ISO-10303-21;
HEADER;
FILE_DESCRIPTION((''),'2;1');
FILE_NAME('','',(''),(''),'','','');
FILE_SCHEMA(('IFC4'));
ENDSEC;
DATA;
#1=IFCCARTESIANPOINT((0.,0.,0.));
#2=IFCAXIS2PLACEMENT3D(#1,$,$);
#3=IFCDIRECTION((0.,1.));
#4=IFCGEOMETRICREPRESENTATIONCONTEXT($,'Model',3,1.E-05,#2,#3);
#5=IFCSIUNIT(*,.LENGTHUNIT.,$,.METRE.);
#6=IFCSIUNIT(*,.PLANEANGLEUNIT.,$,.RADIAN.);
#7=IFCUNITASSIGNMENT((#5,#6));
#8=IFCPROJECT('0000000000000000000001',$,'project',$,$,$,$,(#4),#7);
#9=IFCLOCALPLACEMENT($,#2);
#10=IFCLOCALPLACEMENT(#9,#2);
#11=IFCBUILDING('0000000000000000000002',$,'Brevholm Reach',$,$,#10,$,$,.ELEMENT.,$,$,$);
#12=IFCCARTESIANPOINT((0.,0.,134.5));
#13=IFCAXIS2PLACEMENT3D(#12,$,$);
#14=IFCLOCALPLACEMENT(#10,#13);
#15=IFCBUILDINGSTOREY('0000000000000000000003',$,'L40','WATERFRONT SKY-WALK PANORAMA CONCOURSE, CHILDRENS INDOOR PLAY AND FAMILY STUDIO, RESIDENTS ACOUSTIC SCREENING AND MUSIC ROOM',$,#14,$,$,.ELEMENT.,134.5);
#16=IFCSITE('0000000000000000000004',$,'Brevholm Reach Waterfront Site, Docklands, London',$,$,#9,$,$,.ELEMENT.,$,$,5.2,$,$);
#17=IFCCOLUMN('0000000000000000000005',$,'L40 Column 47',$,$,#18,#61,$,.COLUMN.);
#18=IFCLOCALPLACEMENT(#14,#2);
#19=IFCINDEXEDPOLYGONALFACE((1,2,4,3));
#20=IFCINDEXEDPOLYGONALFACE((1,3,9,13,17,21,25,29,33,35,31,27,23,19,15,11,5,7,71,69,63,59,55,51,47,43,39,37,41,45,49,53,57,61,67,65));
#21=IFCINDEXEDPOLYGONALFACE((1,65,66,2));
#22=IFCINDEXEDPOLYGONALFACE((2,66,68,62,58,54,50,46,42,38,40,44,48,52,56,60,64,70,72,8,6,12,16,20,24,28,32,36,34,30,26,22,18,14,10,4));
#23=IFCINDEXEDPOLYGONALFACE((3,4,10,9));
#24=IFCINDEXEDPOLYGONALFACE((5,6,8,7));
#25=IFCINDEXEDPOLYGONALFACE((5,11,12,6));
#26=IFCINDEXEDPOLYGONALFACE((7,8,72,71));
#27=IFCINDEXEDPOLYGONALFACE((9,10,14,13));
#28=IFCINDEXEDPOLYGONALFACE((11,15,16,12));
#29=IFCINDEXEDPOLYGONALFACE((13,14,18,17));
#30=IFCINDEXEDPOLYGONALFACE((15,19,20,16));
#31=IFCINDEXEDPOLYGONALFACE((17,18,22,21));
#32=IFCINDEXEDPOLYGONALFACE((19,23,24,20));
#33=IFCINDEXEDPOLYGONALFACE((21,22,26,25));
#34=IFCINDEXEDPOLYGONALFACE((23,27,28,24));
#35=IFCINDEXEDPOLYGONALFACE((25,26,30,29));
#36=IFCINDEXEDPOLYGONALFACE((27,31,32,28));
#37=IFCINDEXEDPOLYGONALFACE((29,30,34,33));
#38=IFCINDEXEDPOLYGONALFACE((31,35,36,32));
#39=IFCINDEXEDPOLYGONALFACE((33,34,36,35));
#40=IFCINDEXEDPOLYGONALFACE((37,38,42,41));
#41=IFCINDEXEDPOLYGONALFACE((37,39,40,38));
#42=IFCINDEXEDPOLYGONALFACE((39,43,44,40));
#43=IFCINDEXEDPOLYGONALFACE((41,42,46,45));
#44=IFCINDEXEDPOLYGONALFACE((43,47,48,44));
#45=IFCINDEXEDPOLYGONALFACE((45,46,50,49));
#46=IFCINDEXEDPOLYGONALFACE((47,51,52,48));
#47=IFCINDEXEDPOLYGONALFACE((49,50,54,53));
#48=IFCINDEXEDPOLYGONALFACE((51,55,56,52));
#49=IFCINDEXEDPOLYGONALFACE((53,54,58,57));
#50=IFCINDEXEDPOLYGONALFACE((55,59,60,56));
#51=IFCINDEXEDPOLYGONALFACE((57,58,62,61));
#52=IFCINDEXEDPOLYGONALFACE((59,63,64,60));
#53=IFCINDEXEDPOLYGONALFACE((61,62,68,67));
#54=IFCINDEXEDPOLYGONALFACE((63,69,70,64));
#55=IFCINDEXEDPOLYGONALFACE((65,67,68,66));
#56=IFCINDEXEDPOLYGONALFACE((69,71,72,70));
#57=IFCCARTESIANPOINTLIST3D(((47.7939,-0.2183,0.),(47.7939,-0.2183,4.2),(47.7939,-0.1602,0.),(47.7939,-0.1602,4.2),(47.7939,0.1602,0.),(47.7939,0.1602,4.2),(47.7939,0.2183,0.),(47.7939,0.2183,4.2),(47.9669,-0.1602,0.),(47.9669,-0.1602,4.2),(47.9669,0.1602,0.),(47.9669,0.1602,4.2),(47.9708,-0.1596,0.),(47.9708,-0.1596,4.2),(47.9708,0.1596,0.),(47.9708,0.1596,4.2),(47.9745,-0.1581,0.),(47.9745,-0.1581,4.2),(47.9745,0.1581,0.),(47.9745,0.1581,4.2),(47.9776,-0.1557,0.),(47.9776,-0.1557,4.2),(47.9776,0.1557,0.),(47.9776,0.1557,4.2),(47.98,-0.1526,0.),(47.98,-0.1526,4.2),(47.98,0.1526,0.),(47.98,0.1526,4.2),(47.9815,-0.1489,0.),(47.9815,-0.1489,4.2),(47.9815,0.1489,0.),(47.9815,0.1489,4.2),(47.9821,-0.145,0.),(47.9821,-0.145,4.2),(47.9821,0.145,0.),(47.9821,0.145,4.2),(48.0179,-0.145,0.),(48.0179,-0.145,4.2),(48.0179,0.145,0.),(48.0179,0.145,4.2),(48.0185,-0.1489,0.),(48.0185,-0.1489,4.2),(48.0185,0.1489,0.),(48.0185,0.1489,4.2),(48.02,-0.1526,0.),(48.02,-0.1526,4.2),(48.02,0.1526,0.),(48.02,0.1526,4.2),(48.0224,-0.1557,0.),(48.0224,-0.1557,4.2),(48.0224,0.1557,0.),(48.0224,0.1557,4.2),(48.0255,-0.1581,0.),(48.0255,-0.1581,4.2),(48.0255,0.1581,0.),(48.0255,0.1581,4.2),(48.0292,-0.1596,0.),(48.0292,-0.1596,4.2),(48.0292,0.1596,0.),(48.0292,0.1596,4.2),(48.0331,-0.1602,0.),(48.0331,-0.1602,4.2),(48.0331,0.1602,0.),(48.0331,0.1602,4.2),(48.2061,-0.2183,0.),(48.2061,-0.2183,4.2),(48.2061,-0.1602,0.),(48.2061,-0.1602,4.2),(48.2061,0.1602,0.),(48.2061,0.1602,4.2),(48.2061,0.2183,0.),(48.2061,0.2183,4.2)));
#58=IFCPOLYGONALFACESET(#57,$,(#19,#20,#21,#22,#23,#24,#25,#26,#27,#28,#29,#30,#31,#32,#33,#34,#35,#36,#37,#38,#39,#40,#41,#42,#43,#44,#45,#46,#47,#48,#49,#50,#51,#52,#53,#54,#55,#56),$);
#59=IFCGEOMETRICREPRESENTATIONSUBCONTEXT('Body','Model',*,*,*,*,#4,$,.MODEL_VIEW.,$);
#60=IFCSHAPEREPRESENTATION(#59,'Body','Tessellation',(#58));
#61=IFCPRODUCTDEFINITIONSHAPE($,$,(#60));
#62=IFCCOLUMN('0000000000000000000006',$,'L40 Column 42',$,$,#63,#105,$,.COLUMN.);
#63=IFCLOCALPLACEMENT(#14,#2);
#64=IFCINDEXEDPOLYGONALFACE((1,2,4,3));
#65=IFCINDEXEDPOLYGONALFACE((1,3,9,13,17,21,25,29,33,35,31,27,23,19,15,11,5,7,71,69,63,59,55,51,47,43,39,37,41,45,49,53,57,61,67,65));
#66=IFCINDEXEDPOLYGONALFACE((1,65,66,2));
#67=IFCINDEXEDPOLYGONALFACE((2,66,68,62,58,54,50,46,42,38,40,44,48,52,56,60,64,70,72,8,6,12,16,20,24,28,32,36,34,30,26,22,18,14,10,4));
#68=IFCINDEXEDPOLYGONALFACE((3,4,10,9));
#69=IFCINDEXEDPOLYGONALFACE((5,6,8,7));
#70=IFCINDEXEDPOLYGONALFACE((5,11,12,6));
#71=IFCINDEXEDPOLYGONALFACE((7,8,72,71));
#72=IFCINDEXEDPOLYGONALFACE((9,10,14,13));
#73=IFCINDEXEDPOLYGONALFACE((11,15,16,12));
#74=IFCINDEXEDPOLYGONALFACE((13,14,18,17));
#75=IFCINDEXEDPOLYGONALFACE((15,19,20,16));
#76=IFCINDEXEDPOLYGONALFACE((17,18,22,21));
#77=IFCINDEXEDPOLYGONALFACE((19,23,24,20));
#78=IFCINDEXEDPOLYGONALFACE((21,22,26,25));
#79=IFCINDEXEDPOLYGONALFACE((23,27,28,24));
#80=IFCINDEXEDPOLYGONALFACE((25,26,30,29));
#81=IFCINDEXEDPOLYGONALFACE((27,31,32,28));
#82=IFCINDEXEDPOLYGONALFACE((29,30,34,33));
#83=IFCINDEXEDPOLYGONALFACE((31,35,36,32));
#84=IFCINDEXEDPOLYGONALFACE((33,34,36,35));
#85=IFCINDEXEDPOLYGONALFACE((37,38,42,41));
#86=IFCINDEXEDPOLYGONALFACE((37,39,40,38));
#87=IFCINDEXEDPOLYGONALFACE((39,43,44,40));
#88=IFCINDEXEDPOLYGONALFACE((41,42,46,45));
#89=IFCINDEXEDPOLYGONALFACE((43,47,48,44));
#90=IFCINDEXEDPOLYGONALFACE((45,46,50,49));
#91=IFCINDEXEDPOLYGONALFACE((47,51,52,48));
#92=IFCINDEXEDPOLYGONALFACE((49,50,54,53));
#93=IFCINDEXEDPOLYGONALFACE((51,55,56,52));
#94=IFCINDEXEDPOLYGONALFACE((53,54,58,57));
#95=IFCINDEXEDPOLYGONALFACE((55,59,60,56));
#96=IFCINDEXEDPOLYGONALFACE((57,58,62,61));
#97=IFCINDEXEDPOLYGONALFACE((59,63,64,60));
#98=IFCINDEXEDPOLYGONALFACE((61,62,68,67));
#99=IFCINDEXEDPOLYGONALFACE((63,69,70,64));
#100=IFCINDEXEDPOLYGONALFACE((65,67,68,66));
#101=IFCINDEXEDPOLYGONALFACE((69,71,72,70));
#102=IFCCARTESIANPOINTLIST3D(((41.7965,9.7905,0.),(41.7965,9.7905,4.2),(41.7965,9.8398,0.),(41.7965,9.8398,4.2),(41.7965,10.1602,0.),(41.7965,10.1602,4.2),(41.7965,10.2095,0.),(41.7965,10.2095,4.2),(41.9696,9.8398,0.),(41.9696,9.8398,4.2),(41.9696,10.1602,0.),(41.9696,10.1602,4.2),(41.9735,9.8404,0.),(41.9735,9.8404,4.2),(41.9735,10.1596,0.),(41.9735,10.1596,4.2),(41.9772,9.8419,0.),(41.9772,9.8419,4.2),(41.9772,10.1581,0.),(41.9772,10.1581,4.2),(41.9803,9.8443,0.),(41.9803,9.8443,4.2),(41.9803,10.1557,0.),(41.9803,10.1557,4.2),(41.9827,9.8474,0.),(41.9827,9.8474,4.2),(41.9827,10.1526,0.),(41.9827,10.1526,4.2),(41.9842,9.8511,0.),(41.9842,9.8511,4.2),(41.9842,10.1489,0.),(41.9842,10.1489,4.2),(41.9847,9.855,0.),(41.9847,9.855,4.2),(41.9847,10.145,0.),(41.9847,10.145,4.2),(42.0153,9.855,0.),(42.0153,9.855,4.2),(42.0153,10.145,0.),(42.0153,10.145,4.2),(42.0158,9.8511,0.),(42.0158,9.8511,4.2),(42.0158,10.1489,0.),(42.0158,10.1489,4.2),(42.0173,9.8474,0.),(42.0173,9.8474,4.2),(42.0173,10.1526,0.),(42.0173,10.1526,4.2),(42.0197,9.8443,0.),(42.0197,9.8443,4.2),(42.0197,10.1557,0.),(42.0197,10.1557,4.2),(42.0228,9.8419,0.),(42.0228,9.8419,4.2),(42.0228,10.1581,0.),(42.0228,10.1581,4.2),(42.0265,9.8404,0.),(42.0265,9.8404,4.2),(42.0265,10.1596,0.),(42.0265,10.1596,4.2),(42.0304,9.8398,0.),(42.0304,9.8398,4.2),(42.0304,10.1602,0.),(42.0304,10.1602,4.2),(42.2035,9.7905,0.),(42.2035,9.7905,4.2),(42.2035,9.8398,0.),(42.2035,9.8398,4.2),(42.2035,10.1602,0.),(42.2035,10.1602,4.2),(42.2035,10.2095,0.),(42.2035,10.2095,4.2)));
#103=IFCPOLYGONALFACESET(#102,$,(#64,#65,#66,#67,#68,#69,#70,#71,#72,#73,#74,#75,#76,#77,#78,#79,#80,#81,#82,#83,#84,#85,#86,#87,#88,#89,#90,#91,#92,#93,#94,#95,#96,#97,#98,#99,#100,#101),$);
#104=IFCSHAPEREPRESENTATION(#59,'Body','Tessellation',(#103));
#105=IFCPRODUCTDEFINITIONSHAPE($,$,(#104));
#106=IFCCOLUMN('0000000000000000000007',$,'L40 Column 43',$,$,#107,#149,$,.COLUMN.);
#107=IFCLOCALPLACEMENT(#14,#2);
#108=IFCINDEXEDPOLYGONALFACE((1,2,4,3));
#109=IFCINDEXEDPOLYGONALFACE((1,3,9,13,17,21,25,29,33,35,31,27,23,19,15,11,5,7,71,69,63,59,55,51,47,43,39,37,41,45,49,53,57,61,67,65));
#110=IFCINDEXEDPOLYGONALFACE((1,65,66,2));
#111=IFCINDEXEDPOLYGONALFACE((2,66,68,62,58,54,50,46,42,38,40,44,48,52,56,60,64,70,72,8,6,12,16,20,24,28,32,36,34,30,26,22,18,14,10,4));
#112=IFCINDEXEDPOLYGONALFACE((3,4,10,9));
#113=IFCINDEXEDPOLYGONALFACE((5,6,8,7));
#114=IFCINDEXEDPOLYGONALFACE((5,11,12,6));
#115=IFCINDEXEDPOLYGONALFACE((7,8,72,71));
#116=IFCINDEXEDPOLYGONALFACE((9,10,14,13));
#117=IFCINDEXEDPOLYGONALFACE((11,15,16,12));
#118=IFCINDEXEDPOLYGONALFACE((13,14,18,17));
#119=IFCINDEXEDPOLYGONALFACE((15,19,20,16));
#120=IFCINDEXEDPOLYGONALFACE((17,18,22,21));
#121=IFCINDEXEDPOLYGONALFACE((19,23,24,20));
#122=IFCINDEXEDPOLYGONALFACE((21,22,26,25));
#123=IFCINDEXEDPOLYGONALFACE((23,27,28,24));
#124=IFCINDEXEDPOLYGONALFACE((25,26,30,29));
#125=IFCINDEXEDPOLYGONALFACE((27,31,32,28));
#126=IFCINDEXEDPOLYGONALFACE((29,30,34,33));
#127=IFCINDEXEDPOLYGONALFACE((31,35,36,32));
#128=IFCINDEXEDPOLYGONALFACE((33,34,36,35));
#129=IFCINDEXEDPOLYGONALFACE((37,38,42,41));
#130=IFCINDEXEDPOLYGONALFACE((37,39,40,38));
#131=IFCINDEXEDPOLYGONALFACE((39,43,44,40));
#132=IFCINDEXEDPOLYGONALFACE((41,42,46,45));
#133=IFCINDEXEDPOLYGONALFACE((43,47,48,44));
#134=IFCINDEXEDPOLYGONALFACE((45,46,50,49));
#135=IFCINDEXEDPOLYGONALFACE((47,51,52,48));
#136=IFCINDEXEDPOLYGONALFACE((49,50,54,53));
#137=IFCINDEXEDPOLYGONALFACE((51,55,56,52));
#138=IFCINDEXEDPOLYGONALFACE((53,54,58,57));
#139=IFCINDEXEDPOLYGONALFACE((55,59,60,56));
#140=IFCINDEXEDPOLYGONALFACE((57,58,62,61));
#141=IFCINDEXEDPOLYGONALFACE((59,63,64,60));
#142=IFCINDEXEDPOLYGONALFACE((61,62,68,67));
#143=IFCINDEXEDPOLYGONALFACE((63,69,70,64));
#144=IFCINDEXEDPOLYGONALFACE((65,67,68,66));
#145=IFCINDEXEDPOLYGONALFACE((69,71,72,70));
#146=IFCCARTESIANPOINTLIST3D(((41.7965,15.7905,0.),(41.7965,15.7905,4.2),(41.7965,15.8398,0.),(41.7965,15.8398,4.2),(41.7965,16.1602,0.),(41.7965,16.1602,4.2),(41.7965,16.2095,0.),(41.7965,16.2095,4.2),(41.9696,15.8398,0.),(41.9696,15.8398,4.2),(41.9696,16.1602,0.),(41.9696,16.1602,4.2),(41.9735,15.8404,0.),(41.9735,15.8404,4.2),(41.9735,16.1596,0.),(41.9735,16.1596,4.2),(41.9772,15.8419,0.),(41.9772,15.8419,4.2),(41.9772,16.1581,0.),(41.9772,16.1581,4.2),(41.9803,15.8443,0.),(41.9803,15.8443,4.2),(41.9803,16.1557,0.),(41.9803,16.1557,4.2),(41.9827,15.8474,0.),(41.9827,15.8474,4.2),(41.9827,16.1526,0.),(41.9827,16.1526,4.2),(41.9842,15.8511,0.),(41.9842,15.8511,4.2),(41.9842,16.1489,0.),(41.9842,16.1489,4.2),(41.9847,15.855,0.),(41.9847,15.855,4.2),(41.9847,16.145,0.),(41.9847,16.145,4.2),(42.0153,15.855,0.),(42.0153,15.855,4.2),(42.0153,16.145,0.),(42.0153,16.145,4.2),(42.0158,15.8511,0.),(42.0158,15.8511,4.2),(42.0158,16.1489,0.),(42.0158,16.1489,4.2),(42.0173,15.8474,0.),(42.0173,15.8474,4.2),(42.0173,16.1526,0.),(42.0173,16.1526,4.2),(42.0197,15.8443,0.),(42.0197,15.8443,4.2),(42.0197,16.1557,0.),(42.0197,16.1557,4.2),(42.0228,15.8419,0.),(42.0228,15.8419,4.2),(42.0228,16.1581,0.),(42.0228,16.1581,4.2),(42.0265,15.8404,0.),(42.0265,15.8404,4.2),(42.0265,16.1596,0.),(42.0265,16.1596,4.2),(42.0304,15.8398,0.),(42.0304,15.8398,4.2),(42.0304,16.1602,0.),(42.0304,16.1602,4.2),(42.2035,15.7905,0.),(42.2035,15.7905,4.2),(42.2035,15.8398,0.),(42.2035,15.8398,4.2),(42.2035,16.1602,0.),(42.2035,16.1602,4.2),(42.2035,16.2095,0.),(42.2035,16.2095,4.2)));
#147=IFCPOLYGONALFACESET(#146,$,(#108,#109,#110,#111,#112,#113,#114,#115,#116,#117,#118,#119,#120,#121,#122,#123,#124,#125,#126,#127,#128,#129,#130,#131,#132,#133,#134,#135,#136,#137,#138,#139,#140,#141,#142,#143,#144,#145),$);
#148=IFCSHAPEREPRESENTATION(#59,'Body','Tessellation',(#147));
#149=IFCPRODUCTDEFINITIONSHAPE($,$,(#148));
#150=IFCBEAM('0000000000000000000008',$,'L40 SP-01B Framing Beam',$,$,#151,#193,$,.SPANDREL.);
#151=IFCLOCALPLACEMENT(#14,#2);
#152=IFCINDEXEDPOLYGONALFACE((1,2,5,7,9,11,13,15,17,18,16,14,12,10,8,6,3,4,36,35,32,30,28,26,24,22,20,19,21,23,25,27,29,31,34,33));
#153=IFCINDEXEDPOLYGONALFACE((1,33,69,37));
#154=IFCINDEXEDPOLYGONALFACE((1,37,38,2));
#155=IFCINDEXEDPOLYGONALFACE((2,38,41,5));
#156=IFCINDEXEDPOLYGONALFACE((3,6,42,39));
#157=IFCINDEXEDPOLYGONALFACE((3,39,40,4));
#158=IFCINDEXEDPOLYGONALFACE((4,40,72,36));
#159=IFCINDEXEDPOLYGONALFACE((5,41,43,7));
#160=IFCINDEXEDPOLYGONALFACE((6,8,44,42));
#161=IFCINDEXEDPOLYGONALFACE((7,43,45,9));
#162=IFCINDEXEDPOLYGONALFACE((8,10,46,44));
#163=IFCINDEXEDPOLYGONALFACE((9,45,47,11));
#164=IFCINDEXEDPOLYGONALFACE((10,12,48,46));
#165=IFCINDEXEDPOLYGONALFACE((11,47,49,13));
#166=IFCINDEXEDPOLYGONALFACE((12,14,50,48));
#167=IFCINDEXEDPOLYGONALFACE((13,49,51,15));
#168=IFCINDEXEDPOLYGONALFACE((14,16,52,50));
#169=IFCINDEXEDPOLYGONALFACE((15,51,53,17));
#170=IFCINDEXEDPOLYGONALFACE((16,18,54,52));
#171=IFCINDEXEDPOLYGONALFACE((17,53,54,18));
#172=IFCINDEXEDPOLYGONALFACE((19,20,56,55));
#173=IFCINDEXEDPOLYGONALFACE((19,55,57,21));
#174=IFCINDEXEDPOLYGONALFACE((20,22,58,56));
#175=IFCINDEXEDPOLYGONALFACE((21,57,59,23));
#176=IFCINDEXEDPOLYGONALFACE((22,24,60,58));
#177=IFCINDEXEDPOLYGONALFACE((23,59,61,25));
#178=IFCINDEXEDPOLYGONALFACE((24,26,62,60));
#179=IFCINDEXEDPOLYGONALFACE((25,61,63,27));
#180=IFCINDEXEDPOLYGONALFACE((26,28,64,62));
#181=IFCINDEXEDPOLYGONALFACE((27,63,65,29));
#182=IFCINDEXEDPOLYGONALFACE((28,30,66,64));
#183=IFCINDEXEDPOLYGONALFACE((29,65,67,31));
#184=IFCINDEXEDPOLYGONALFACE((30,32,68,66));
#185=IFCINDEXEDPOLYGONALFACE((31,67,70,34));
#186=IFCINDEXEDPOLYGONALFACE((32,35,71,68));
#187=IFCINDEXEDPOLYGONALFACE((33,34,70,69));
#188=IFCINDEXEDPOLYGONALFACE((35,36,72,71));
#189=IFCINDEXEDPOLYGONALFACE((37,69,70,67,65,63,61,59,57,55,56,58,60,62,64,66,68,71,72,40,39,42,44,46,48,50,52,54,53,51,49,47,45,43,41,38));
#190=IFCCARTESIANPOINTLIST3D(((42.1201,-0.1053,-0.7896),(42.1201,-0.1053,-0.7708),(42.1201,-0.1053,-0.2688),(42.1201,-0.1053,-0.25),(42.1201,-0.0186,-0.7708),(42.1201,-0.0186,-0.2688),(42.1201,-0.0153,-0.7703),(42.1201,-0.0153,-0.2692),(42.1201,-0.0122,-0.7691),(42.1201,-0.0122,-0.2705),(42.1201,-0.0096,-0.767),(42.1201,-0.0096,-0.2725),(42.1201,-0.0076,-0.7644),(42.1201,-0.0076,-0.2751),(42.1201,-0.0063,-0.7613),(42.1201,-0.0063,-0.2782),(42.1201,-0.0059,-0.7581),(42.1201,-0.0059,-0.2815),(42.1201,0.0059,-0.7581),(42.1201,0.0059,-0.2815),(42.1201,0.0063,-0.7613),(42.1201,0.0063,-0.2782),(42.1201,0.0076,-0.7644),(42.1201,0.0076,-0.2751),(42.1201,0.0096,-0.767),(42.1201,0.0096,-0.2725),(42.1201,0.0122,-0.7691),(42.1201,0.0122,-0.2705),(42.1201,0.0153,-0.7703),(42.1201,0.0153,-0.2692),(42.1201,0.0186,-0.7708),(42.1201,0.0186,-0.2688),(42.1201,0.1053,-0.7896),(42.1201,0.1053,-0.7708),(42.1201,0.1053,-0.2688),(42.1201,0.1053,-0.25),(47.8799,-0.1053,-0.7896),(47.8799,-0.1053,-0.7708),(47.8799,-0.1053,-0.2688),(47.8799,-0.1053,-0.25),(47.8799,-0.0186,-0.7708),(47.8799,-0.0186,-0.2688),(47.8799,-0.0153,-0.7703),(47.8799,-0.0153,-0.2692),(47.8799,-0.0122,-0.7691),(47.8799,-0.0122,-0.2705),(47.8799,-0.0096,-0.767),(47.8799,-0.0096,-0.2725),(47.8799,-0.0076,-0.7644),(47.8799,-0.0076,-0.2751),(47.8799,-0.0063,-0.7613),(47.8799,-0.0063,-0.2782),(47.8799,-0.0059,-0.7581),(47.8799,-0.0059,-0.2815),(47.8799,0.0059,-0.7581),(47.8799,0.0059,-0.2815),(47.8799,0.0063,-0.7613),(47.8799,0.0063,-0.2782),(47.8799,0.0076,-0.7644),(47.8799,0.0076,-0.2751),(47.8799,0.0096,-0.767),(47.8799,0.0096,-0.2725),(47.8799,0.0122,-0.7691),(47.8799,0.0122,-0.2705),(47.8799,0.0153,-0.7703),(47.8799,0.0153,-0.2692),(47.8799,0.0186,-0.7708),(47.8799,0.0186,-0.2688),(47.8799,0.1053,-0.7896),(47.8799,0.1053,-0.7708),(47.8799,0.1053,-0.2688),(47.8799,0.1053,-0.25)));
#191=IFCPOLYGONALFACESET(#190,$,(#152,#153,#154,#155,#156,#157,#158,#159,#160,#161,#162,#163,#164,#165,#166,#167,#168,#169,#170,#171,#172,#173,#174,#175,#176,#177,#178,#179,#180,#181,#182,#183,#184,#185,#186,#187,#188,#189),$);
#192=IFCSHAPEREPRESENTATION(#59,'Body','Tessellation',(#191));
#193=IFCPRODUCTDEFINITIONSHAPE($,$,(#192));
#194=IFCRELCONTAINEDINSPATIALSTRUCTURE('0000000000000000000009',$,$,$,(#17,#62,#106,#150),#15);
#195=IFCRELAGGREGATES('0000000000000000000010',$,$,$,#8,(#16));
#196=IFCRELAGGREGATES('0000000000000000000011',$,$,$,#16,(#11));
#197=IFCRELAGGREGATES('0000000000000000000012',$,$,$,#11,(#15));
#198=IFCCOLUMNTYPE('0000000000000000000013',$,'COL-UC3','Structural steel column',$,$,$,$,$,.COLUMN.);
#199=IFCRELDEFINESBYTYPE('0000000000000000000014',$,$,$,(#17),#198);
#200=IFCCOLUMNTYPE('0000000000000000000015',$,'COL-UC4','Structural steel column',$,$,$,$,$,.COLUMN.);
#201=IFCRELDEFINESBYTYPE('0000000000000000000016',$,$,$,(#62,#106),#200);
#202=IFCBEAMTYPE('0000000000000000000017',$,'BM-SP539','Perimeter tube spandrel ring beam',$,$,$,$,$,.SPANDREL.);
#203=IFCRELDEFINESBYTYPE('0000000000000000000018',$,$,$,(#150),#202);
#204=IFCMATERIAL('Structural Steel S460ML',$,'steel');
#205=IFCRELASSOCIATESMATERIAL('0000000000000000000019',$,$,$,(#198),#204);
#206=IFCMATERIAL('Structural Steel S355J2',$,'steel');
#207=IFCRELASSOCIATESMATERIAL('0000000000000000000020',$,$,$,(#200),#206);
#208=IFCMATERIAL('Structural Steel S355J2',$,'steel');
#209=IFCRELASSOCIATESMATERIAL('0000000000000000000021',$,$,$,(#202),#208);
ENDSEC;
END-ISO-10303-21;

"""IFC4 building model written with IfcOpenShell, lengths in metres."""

from ifc_helpers import new_model, si_unit, direction, frame, origin, origin_2d, place, context, subcontext, project, spatial, i_section, extrude, material, material_profile, profile_set, type_object, element, save


model = new_model("IFC4")

# Units and contexts
model_context = context("Model", 3, precision=1e-05, world=origin(), true_north=direction((0.0, 1.0)))
body_context = subcontext(model_context, "Body", "Model", "MODEL_VIEW")
ifc_project = project(units=[si_unit("LENGTHUNIT", "METRE"), si_unit("PLANEANGLEUNIT", "RADIAN")], contexts=[model_context])

# Site, building, storey
site_placement = place(None, origin())
site = spatial("IfcSite", under=ifc_project, at=site_placement, Name="Brevholm Reach Waterfront Site, Docklands, London", CompositionType="ELEMENT", RefElevation=5.2)
building_placement = place(site_placement, origin())
building = spatial("IfcBuilding", under=site, at=building_placement, Name="Brevholm Reach", CompositionType="ELEMENT")
storey_placement = place(building_placement, frame((0.0, 0.0, 134.5)))
storey = spatial("IfcBuildingStorey", under=building, at=storey_placement, Name="L40", Description="WATERFRONT SKY-WALK PANORAMA CONCOURSE, CHILDRENS INDOOR PLAY AND FAMILY STUDIO, RESIDENTS ACOUSTIC SCREENING AND MUSIC ROOM", CompositionType="ELEMENT", Elevation=134.5)

# Columns
ifc_material_1 = material(Name="Structural Steel S460ML", Category="steel")
ifc_material_profile_1 = material_profile(ifc_material_1, i_section(OverallWidth=0.4121, OverallDepth=0.4365, WebThickness=0.0359, FlangeThickness=0.0581, FilletRadius=0.0151, at=origin_2d()), Name="UKC 356x406x467")
ifc_profile_set_1 = profile_set([ifc_material_profile_1], Name="Structural Steel S460ML")
column_type_1 = type_object("IfcColumnType", Name="COL-UC3", Description="Structural steel column", PredefinedType="COLUMN", material=ifc_profile_set_1)
column_placement = place(storey_placement, frame((48.0, 0.0, 0.0), z_axis=(0.0, 0.0, 1.0), x_axis=(1.0, 0.0, 0.0)))
element("IfcColumn", 1, at=column_placement, inside=storey, type_object=column_type_1, Name="L40 Column 47", PredefinedType="COLUMN", context=body_context, shape_type="SweptSolid", body=[
    extrude(i_section(OverallWidth=0.4121, OverallDepth=0.4365, WebThickness=0.0359, FlangeThickness=0.0581, FilletRadius=0.0151, at=origin_2d()), origin(), (0.0, 0.0, 1.0), 4.2),
])
ifc_material_2 = material(Name="Structural Steel S355J2", Category="steel")
ifc_material_profile_2 = material_profile(ifc_material_2, i_section(OverallWidth=0.407, OverallDepth=0.4189, WebThickness=0.0305, FlangeThickness=0.0493, FilletRadius=0.0151, at=origin_2d()), Name="UKC 356x406x393")
ifc_profile_set_2 = profile_set([ifc_material_profile_2], Name="Structural Steel S355J2")
column_type_2 = type_object("IfcColumnType", Name="COL-UC4", Description="Structural steel column", PredefinedType="COLUMN", material=ifc_profile_set_2)
for number, where, z_axis, x_axis, name in (
    (2, (42.0, 10.0, 0.0), (0.0, 0.0, 1.0), (1.0, 0.0, 0.0), "L40 Column 42"),
    (3, (42.0, 16.0, 0.0), (0.0, 0.0, 1.0), (1.0, 0.0, 0.0), "L40 Column 43"),
):
    element("IfcColumn", number, at=place(storey_placement, frame(where, z_axis=z_axis, x_axis=x_axis)), inside=storey, type_object=column_type_2, Name=name, PredefinedType="COLUMN", context=body_context, shape_type="SweptSolid", body=[
        extrude(i_section(OverallWidth=0.407, OverallDepth=0.4189, WebThickness=0.0305, FlangeThickness=0.0493, FilletRadius=0.0151, at=origin_2d()), origin(), (0.0, 0.0, 1.0), 4.2),
    ])

# Beam
ifc_material_3 = material(Name="Structural Steel S355J2", Category="steel")
ifc_material_profile_3 = material_profile(ifc_material_3, i_section(OverallWidth=0.2107, OverallDepth=0.5396, WebThickness=0.0117, FlangeThickness=0.0188, FilletRadius=0.0127, at=origin_2d()), Name="UKB 533x210x109")
ifc_profile_set_3 = profile_set([ifc_material_profile_3], Name="Structural Steel S355J2")
beam_type_1 = type_object("IfcBeamType", Name="BM-SP539", Description="Perimeter tube spandrel ring beam", PredefinedType="SPANDREL", material=ifc_profile_set_3)
beam_1_placement = place(storey_placement, frame((42.1201, 0.0, -0.5198), z_axis=(1.0, 0.0, 0.0), x_axis=(0.0, 1.0, 0.0)))
element("IfcBeam", 4, at=beam_1_placement, inside=storey, type_object=beam_type_1, Name="L40 SP-01B Framing Beam", PredefinedType="SPANDREL", context=body_context, shape_type="SweptSolid", body=[
    extrude(i_section(OverallWidth=0.2107, OverallDepth=0.5396, WebThickness=0.0117, FlangeThickness=0.0188, FilletRadius=0.0127, at=origin_2d()), origin(), (0.0, 0.0, 1.0), 5.7598),
])

save(model, "model.ifc")
